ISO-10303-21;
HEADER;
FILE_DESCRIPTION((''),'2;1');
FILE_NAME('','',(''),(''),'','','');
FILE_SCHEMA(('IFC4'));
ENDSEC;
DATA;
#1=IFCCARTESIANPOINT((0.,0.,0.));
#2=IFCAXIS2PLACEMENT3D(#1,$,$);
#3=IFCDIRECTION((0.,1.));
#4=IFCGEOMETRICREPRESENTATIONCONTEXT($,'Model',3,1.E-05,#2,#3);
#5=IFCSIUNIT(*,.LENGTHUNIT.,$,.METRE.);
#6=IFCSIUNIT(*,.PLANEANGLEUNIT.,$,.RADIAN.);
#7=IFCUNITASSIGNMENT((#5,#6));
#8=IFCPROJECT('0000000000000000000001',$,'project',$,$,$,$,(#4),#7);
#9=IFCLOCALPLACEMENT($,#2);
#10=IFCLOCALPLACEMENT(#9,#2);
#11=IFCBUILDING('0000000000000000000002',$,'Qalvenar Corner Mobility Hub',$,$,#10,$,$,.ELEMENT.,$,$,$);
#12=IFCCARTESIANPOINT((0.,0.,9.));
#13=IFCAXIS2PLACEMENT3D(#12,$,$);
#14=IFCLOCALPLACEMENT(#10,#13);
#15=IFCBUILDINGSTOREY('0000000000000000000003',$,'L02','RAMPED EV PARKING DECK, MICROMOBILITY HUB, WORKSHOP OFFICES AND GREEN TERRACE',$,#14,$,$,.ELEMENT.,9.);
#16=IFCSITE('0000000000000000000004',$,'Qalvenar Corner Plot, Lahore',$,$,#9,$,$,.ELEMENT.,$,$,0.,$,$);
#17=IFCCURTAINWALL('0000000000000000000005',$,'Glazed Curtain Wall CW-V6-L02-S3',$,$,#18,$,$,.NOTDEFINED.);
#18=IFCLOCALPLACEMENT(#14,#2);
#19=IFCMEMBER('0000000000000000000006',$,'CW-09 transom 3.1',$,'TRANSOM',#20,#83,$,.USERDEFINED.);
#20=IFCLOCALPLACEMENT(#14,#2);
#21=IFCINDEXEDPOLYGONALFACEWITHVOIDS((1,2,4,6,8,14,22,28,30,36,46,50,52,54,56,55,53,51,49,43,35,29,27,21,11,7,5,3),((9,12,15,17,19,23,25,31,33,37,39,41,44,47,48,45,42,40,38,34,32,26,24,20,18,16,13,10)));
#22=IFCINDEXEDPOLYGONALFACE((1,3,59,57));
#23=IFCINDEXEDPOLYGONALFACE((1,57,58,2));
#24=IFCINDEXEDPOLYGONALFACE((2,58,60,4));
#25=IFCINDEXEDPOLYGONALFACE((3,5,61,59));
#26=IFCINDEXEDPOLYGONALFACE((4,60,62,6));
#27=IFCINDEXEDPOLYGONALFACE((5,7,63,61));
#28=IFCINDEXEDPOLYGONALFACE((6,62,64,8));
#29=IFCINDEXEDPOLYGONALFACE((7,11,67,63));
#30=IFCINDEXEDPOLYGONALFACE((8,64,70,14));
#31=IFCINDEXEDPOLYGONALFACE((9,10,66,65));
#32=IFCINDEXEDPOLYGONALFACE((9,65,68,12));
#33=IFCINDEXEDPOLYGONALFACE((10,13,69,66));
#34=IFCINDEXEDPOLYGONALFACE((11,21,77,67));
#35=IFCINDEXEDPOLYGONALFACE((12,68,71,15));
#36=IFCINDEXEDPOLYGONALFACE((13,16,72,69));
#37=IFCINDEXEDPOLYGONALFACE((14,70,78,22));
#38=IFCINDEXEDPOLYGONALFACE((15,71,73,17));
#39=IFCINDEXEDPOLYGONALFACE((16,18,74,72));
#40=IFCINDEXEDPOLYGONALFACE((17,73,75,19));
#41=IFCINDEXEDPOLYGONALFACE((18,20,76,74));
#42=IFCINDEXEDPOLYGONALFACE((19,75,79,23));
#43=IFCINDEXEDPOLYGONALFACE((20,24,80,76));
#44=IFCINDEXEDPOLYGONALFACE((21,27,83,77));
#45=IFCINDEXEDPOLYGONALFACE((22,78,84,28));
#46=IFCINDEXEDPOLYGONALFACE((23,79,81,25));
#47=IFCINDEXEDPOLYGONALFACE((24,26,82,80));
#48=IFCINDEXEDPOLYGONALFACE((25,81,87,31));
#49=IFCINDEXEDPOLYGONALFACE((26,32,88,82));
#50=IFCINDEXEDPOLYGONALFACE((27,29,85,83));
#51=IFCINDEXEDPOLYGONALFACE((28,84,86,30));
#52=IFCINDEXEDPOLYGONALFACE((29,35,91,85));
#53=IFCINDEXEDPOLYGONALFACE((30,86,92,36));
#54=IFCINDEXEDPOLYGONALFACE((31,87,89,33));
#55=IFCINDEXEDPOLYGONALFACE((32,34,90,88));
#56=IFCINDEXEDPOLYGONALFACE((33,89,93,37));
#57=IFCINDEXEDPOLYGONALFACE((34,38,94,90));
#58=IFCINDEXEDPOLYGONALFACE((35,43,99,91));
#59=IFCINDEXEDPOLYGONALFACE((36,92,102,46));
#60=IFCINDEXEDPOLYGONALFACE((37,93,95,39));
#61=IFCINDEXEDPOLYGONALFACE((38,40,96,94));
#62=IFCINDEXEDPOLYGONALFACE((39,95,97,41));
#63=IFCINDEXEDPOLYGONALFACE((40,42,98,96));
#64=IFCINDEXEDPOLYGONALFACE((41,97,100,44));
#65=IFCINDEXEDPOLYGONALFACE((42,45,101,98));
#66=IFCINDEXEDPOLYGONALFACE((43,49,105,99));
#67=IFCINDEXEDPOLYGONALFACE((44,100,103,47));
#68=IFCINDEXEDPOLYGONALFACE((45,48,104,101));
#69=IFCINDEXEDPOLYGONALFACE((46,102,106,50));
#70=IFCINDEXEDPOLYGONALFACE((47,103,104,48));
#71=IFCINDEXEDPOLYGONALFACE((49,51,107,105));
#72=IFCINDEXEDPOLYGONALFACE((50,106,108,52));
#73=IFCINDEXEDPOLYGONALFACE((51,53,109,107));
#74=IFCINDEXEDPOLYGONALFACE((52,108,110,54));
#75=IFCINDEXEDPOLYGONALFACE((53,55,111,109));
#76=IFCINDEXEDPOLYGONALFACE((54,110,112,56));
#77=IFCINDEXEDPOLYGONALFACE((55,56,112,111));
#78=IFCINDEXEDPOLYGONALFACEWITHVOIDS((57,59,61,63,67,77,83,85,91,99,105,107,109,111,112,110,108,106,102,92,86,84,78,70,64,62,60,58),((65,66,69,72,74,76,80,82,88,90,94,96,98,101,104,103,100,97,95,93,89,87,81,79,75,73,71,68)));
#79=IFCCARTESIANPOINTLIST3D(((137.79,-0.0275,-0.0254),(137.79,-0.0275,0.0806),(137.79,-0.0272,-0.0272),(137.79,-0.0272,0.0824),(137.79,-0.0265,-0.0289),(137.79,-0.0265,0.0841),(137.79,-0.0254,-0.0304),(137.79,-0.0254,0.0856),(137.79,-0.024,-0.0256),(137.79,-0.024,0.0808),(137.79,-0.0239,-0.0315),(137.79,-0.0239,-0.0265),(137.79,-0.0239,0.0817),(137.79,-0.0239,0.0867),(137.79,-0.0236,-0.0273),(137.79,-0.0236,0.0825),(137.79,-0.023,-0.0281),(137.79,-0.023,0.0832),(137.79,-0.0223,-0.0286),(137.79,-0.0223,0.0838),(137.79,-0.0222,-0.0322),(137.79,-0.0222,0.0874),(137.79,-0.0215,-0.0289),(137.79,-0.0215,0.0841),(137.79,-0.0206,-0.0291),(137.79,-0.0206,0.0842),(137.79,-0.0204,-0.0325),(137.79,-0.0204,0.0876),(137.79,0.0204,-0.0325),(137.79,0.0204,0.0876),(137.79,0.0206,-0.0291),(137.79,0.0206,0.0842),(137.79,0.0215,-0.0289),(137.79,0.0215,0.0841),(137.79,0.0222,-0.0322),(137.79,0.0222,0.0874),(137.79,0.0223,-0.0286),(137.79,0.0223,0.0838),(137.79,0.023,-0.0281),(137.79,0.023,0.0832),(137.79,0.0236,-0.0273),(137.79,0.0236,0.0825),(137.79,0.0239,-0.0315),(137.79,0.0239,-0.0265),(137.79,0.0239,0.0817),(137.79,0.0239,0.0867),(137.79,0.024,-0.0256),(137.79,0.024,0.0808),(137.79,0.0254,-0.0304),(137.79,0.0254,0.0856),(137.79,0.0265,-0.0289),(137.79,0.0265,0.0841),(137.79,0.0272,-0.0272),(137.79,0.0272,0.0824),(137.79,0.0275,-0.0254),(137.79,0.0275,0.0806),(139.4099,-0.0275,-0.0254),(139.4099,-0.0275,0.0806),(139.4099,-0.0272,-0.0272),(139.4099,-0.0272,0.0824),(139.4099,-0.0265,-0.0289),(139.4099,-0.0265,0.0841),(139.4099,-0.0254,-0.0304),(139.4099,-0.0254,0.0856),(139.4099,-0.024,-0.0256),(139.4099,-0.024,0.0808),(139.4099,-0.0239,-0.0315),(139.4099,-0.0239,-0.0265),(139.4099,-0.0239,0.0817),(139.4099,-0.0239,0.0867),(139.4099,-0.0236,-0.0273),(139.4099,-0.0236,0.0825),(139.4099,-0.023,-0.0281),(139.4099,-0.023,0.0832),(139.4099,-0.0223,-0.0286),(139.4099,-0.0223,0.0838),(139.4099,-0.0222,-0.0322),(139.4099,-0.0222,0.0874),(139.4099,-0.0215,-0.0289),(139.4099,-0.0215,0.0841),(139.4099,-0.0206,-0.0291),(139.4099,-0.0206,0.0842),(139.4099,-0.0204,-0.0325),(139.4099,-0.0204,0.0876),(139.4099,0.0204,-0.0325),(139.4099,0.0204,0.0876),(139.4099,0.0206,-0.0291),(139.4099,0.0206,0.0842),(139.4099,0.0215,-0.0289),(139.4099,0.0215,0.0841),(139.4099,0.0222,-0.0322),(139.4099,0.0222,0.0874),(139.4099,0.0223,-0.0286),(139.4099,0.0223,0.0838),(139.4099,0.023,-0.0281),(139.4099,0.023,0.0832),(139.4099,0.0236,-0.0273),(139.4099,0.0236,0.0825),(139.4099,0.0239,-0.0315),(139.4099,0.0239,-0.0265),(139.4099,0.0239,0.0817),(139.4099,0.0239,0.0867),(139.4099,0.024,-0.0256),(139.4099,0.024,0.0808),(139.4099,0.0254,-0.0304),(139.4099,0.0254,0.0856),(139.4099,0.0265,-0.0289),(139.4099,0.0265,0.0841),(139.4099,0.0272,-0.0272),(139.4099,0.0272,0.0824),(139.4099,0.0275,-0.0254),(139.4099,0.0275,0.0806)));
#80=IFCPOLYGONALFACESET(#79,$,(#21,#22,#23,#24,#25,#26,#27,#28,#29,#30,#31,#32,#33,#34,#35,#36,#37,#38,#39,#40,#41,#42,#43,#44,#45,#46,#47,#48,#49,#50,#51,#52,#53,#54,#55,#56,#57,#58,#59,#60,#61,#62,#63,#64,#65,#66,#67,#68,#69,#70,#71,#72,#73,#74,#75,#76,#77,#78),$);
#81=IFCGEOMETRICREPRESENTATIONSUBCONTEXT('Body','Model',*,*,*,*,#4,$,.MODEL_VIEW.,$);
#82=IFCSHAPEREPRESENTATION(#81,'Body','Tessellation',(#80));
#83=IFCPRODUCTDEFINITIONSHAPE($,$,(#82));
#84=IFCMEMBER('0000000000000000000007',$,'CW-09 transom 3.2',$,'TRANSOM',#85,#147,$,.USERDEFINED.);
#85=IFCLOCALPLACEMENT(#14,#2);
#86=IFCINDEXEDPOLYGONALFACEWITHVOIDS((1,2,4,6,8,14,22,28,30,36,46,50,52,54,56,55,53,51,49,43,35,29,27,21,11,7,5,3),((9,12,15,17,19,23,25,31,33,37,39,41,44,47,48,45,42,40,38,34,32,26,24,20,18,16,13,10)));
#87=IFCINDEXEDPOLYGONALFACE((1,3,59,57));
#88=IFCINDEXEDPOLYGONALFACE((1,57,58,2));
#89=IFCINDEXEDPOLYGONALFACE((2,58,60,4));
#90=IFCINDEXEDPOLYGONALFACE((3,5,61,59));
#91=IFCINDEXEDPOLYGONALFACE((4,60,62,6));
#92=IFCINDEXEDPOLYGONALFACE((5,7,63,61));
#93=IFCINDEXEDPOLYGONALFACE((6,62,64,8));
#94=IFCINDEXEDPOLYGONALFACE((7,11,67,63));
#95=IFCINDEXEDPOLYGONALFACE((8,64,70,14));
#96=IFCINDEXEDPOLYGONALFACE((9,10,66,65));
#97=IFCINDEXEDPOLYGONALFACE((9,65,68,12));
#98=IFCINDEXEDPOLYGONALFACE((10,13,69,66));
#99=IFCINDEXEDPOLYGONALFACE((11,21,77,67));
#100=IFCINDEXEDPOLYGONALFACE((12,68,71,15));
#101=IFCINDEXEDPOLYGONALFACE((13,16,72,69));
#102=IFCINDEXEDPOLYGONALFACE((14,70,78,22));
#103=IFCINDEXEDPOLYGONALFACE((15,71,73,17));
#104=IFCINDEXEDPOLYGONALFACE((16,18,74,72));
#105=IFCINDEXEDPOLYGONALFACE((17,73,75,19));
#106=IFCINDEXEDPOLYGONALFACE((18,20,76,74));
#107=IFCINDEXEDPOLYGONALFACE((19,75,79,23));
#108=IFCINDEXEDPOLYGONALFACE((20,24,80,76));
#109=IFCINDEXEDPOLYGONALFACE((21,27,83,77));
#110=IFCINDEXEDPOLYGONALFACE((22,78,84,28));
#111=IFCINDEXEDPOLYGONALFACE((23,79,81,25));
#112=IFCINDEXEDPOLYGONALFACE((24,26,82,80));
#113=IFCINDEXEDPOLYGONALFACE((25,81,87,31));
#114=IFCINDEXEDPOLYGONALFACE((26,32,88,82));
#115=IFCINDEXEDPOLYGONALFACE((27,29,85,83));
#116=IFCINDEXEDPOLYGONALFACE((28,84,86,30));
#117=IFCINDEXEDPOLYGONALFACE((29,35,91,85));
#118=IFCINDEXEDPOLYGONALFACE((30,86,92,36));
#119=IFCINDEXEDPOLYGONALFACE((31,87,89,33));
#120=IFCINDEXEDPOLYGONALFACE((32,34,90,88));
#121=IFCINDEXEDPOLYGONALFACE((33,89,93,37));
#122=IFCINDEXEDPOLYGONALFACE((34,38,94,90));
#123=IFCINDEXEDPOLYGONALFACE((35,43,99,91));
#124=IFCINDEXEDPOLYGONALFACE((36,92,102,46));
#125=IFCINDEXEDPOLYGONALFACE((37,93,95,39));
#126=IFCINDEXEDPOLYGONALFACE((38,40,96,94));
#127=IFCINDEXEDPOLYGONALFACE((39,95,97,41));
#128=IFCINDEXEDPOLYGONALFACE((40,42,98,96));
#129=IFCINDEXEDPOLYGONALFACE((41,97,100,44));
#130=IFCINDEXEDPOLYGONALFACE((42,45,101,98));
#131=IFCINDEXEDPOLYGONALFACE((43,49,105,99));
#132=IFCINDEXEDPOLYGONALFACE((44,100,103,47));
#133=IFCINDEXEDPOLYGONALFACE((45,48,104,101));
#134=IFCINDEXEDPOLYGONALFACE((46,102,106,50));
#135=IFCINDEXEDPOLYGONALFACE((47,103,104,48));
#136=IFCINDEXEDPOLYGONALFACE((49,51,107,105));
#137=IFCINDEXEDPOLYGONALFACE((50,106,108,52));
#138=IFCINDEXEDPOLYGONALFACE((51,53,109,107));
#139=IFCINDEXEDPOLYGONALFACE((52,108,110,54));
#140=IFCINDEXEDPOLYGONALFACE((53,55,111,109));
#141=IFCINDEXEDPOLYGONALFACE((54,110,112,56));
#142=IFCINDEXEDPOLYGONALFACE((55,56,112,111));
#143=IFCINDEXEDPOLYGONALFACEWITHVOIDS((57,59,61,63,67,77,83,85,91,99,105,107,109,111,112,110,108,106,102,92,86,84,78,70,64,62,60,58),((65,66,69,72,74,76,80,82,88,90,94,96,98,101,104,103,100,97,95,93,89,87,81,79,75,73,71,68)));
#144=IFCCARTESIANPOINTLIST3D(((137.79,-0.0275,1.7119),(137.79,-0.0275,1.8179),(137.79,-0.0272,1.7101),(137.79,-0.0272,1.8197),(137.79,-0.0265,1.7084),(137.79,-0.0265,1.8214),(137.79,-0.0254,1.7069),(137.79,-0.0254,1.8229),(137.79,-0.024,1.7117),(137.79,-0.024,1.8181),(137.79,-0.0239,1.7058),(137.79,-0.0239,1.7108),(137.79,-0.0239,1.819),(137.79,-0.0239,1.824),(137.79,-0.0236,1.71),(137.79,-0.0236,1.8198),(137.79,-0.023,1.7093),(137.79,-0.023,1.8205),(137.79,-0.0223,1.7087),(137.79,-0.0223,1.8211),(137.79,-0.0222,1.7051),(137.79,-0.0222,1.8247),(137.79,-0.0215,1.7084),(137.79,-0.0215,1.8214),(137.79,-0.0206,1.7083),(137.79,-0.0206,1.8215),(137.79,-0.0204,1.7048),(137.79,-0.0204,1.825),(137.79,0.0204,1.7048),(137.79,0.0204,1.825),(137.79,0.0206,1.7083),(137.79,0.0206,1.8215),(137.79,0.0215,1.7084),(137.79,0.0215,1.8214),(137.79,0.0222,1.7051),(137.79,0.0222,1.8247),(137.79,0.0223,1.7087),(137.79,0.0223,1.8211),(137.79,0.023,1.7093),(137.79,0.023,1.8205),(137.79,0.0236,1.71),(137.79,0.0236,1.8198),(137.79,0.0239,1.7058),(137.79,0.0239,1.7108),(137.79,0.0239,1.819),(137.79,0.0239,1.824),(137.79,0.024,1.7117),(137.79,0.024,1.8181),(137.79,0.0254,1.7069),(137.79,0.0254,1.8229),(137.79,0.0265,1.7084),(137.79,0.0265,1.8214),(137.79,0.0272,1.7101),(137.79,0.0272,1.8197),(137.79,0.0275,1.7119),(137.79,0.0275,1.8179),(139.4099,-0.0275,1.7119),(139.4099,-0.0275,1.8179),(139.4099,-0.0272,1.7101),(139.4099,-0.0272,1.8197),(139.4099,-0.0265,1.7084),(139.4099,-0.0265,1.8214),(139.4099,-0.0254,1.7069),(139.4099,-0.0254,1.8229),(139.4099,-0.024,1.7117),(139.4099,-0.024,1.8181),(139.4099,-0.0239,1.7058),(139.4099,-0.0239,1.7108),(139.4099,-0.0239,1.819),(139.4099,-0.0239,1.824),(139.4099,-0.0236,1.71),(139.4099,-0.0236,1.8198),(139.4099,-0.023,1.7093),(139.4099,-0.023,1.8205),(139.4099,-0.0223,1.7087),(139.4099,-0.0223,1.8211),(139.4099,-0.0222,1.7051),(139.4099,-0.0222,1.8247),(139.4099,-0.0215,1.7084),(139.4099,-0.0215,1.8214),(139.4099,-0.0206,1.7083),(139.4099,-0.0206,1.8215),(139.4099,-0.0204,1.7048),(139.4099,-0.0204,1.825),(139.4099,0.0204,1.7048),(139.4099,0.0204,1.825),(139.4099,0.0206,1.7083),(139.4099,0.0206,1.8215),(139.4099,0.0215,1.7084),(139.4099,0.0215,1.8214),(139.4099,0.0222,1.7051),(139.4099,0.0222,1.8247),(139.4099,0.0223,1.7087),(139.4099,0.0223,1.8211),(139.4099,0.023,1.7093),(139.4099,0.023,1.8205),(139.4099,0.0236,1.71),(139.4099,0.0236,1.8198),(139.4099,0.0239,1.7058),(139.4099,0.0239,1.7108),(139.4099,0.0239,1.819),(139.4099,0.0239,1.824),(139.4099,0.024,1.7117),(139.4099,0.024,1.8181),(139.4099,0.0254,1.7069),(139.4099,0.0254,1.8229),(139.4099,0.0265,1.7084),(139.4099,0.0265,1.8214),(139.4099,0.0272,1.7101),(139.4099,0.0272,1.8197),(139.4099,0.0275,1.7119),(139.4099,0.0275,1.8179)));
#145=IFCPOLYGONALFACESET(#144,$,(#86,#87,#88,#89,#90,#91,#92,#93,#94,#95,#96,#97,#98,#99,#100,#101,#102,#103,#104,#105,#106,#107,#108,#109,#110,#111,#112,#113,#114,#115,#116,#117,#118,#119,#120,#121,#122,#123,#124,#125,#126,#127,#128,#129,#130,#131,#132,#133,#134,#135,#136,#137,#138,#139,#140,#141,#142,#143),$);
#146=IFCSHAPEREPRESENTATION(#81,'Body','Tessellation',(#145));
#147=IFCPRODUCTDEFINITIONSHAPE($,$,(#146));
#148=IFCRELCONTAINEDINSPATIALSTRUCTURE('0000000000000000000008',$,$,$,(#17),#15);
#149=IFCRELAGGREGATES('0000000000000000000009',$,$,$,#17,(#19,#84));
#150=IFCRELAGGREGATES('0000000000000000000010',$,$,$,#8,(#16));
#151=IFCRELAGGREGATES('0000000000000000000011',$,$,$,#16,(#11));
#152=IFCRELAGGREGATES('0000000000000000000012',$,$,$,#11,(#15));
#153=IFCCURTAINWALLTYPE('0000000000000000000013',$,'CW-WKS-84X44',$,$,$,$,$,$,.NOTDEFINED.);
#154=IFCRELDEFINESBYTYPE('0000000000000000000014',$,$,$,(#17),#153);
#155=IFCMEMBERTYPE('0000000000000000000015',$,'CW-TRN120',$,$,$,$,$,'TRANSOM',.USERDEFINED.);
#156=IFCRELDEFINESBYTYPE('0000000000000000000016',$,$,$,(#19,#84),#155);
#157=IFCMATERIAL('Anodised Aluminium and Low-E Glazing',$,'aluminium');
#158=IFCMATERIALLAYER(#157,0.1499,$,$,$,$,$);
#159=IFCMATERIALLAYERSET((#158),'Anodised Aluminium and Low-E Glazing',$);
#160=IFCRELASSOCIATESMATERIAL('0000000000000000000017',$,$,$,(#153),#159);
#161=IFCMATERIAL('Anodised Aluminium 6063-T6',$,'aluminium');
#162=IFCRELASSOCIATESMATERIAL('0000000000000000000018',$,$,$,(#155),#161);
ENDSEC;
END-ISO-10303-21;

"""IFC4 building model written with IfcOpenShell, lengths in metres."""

from ifc_helpers import new_model, si_unit, direction, frame, origin, origin_2d, place, context, subcontext, project, spatial, hollow_rectangle, extrude, material, layer, layer_set, material_profile, profile_set, type_object, element, aggregate, save


model = new_model("IFC4")

# Units and contexts
model_context = context("Model", 3, precision=1e-05, world=origin(), true_north=direction((0.0, 1.0)))
body_context = subcontext(model_context, "Body", "Model", "MODEL_VIEW")
ifc_project = project(units=[si_unit("LENGTHUNIT", "METRE"), si_unit("PLANEANGLEUNIT", "RADIAN")], contexts=[model_context])

# Site, building, storey
site_placement = place(None, origin())
site = spatial("IfcSite", under=ifc_project, at=site_placement, Name="Qalvenar Corner Plot, Lahore", CompositionType="ELEMENT", RefElevation=0.0)
building_placement = place(site_placement, origin())
building = spatial("IfcBuilding", under=site, at=building_placement, Name="Qalvenar Corner Mobility Hub", CompositionType="ELEMENT")
storey_placement = place(building_placement, frame((0.0, 0.0, 9.0)))
storey = spatial("IfcBuildingStorey", under=building, at=storey_placement, Name="L02", Description="RAMPED EV PARKING DECK, MICROMOBILITY HUB, WORKSHOP OFFICES AND GREEN TERRACE", CompositionType="ELEMENT", Elevation=9.0)

# Curtain wall, members
ifc_material_1 = material(Name="Anodised Aluminium and Low-E Glazing", Category="aluminium")
ifc_layer_1 = layer(ifc_material_1, 0.1499)
ifc_layer_set_1 = layer_set([ifc_layer_1], Name="Anodised Aluminium and Low-E Glazing")
curtain_wall_type = type_object("IfcCurtainWallType", Name="CW-WKS-84X44", PredefinedType="NOTDEFINED", material=ifc_layer_set_1)
curtain_wall_placement = place(storey_placement, origin())
curtain_wall = element("IfcCurtainWall", 1, at=curtain_wall_placement, inside=storey, type_object=curtain_wall_type, Name="Glazed Curtain Wall CW-V6-L02-S3", PredefinedType="NOTDEFINED")
ifc_material_2 = material(Name="Anodised Aluminium 6063-T6", Category="aluminium")
ifc_material_profile_1 = material_profile(ifc_material_2, hollow_rectangle(XDim=0.0549, YDim=0.1201, WallThickness=0.0034, InnerFilletRadius=0.0034, OuterFilletRadius=0.0071, at=origin_2d()), Name="RHS120x55x3.5")
ifc_profile_set_1 = profile_set([ifc_material_profile_1], Name="Anodised Aluminium 6063-T6")
member_type_1 = type_object("IfcMemberType", Name="CW-TRN120", ElementType="TRANSOM", PredefinedType="USERDEFINED", material=ifc_profile_set_1)
member_1_placement = place(storey_placement, frame((137.79, 0.0, 0.0276), z_axis=(1.0, 0.0, 0.0), x_axis=(0.0, 1.0, 0.0)))
member_1 = element("IfcMember", 2, at=member_1_placement, type_object=member_type_1, Name="CW-09 transom 3.1", ObjectType="TRANSOM", PredefinedType="USERDEFINED", context=body_context, shape_type="SweptSolid", body=[
    extrude(hollow_rectangle(XDim=0.0549, YDim=0.1201, WallThickness=0.0034, InnerFilletRadius=0.0034, OuterFilletRadius=0.0071, at=origin_2d()), origin(), (0.0, 0.0, 1.0), 1.6199),
])
member_2_placement = place(storey_placement, frame((137.79, 0.0, 1.7649), z_axis=(1.0, 0.0, 0.0), x_axis=(0.0, 1.0, 0.0)))
member_2 = element("IfcMember", 3, at=member_2_placement, type_object=member_type_1, Name="CW-09 transom 3.2", ObjectType="TRANSOM", PredefinedType="USERDEFINED", context=body_context, shape_type="SweptSolid", body=[
    extrude(hollow_rectangle(XDim=0.0549, YDim=0.1201, WallThickness=0.0034, InnerFilletRadius=0.0034, OuterFilletRadius=0.0071, at=origin_2d()), origin(), (0.0, 0.0, 1.0), 1.6199),
])
aggregate(curtain_wall, [member_1, member_2])

save(model, "model.ifc")
